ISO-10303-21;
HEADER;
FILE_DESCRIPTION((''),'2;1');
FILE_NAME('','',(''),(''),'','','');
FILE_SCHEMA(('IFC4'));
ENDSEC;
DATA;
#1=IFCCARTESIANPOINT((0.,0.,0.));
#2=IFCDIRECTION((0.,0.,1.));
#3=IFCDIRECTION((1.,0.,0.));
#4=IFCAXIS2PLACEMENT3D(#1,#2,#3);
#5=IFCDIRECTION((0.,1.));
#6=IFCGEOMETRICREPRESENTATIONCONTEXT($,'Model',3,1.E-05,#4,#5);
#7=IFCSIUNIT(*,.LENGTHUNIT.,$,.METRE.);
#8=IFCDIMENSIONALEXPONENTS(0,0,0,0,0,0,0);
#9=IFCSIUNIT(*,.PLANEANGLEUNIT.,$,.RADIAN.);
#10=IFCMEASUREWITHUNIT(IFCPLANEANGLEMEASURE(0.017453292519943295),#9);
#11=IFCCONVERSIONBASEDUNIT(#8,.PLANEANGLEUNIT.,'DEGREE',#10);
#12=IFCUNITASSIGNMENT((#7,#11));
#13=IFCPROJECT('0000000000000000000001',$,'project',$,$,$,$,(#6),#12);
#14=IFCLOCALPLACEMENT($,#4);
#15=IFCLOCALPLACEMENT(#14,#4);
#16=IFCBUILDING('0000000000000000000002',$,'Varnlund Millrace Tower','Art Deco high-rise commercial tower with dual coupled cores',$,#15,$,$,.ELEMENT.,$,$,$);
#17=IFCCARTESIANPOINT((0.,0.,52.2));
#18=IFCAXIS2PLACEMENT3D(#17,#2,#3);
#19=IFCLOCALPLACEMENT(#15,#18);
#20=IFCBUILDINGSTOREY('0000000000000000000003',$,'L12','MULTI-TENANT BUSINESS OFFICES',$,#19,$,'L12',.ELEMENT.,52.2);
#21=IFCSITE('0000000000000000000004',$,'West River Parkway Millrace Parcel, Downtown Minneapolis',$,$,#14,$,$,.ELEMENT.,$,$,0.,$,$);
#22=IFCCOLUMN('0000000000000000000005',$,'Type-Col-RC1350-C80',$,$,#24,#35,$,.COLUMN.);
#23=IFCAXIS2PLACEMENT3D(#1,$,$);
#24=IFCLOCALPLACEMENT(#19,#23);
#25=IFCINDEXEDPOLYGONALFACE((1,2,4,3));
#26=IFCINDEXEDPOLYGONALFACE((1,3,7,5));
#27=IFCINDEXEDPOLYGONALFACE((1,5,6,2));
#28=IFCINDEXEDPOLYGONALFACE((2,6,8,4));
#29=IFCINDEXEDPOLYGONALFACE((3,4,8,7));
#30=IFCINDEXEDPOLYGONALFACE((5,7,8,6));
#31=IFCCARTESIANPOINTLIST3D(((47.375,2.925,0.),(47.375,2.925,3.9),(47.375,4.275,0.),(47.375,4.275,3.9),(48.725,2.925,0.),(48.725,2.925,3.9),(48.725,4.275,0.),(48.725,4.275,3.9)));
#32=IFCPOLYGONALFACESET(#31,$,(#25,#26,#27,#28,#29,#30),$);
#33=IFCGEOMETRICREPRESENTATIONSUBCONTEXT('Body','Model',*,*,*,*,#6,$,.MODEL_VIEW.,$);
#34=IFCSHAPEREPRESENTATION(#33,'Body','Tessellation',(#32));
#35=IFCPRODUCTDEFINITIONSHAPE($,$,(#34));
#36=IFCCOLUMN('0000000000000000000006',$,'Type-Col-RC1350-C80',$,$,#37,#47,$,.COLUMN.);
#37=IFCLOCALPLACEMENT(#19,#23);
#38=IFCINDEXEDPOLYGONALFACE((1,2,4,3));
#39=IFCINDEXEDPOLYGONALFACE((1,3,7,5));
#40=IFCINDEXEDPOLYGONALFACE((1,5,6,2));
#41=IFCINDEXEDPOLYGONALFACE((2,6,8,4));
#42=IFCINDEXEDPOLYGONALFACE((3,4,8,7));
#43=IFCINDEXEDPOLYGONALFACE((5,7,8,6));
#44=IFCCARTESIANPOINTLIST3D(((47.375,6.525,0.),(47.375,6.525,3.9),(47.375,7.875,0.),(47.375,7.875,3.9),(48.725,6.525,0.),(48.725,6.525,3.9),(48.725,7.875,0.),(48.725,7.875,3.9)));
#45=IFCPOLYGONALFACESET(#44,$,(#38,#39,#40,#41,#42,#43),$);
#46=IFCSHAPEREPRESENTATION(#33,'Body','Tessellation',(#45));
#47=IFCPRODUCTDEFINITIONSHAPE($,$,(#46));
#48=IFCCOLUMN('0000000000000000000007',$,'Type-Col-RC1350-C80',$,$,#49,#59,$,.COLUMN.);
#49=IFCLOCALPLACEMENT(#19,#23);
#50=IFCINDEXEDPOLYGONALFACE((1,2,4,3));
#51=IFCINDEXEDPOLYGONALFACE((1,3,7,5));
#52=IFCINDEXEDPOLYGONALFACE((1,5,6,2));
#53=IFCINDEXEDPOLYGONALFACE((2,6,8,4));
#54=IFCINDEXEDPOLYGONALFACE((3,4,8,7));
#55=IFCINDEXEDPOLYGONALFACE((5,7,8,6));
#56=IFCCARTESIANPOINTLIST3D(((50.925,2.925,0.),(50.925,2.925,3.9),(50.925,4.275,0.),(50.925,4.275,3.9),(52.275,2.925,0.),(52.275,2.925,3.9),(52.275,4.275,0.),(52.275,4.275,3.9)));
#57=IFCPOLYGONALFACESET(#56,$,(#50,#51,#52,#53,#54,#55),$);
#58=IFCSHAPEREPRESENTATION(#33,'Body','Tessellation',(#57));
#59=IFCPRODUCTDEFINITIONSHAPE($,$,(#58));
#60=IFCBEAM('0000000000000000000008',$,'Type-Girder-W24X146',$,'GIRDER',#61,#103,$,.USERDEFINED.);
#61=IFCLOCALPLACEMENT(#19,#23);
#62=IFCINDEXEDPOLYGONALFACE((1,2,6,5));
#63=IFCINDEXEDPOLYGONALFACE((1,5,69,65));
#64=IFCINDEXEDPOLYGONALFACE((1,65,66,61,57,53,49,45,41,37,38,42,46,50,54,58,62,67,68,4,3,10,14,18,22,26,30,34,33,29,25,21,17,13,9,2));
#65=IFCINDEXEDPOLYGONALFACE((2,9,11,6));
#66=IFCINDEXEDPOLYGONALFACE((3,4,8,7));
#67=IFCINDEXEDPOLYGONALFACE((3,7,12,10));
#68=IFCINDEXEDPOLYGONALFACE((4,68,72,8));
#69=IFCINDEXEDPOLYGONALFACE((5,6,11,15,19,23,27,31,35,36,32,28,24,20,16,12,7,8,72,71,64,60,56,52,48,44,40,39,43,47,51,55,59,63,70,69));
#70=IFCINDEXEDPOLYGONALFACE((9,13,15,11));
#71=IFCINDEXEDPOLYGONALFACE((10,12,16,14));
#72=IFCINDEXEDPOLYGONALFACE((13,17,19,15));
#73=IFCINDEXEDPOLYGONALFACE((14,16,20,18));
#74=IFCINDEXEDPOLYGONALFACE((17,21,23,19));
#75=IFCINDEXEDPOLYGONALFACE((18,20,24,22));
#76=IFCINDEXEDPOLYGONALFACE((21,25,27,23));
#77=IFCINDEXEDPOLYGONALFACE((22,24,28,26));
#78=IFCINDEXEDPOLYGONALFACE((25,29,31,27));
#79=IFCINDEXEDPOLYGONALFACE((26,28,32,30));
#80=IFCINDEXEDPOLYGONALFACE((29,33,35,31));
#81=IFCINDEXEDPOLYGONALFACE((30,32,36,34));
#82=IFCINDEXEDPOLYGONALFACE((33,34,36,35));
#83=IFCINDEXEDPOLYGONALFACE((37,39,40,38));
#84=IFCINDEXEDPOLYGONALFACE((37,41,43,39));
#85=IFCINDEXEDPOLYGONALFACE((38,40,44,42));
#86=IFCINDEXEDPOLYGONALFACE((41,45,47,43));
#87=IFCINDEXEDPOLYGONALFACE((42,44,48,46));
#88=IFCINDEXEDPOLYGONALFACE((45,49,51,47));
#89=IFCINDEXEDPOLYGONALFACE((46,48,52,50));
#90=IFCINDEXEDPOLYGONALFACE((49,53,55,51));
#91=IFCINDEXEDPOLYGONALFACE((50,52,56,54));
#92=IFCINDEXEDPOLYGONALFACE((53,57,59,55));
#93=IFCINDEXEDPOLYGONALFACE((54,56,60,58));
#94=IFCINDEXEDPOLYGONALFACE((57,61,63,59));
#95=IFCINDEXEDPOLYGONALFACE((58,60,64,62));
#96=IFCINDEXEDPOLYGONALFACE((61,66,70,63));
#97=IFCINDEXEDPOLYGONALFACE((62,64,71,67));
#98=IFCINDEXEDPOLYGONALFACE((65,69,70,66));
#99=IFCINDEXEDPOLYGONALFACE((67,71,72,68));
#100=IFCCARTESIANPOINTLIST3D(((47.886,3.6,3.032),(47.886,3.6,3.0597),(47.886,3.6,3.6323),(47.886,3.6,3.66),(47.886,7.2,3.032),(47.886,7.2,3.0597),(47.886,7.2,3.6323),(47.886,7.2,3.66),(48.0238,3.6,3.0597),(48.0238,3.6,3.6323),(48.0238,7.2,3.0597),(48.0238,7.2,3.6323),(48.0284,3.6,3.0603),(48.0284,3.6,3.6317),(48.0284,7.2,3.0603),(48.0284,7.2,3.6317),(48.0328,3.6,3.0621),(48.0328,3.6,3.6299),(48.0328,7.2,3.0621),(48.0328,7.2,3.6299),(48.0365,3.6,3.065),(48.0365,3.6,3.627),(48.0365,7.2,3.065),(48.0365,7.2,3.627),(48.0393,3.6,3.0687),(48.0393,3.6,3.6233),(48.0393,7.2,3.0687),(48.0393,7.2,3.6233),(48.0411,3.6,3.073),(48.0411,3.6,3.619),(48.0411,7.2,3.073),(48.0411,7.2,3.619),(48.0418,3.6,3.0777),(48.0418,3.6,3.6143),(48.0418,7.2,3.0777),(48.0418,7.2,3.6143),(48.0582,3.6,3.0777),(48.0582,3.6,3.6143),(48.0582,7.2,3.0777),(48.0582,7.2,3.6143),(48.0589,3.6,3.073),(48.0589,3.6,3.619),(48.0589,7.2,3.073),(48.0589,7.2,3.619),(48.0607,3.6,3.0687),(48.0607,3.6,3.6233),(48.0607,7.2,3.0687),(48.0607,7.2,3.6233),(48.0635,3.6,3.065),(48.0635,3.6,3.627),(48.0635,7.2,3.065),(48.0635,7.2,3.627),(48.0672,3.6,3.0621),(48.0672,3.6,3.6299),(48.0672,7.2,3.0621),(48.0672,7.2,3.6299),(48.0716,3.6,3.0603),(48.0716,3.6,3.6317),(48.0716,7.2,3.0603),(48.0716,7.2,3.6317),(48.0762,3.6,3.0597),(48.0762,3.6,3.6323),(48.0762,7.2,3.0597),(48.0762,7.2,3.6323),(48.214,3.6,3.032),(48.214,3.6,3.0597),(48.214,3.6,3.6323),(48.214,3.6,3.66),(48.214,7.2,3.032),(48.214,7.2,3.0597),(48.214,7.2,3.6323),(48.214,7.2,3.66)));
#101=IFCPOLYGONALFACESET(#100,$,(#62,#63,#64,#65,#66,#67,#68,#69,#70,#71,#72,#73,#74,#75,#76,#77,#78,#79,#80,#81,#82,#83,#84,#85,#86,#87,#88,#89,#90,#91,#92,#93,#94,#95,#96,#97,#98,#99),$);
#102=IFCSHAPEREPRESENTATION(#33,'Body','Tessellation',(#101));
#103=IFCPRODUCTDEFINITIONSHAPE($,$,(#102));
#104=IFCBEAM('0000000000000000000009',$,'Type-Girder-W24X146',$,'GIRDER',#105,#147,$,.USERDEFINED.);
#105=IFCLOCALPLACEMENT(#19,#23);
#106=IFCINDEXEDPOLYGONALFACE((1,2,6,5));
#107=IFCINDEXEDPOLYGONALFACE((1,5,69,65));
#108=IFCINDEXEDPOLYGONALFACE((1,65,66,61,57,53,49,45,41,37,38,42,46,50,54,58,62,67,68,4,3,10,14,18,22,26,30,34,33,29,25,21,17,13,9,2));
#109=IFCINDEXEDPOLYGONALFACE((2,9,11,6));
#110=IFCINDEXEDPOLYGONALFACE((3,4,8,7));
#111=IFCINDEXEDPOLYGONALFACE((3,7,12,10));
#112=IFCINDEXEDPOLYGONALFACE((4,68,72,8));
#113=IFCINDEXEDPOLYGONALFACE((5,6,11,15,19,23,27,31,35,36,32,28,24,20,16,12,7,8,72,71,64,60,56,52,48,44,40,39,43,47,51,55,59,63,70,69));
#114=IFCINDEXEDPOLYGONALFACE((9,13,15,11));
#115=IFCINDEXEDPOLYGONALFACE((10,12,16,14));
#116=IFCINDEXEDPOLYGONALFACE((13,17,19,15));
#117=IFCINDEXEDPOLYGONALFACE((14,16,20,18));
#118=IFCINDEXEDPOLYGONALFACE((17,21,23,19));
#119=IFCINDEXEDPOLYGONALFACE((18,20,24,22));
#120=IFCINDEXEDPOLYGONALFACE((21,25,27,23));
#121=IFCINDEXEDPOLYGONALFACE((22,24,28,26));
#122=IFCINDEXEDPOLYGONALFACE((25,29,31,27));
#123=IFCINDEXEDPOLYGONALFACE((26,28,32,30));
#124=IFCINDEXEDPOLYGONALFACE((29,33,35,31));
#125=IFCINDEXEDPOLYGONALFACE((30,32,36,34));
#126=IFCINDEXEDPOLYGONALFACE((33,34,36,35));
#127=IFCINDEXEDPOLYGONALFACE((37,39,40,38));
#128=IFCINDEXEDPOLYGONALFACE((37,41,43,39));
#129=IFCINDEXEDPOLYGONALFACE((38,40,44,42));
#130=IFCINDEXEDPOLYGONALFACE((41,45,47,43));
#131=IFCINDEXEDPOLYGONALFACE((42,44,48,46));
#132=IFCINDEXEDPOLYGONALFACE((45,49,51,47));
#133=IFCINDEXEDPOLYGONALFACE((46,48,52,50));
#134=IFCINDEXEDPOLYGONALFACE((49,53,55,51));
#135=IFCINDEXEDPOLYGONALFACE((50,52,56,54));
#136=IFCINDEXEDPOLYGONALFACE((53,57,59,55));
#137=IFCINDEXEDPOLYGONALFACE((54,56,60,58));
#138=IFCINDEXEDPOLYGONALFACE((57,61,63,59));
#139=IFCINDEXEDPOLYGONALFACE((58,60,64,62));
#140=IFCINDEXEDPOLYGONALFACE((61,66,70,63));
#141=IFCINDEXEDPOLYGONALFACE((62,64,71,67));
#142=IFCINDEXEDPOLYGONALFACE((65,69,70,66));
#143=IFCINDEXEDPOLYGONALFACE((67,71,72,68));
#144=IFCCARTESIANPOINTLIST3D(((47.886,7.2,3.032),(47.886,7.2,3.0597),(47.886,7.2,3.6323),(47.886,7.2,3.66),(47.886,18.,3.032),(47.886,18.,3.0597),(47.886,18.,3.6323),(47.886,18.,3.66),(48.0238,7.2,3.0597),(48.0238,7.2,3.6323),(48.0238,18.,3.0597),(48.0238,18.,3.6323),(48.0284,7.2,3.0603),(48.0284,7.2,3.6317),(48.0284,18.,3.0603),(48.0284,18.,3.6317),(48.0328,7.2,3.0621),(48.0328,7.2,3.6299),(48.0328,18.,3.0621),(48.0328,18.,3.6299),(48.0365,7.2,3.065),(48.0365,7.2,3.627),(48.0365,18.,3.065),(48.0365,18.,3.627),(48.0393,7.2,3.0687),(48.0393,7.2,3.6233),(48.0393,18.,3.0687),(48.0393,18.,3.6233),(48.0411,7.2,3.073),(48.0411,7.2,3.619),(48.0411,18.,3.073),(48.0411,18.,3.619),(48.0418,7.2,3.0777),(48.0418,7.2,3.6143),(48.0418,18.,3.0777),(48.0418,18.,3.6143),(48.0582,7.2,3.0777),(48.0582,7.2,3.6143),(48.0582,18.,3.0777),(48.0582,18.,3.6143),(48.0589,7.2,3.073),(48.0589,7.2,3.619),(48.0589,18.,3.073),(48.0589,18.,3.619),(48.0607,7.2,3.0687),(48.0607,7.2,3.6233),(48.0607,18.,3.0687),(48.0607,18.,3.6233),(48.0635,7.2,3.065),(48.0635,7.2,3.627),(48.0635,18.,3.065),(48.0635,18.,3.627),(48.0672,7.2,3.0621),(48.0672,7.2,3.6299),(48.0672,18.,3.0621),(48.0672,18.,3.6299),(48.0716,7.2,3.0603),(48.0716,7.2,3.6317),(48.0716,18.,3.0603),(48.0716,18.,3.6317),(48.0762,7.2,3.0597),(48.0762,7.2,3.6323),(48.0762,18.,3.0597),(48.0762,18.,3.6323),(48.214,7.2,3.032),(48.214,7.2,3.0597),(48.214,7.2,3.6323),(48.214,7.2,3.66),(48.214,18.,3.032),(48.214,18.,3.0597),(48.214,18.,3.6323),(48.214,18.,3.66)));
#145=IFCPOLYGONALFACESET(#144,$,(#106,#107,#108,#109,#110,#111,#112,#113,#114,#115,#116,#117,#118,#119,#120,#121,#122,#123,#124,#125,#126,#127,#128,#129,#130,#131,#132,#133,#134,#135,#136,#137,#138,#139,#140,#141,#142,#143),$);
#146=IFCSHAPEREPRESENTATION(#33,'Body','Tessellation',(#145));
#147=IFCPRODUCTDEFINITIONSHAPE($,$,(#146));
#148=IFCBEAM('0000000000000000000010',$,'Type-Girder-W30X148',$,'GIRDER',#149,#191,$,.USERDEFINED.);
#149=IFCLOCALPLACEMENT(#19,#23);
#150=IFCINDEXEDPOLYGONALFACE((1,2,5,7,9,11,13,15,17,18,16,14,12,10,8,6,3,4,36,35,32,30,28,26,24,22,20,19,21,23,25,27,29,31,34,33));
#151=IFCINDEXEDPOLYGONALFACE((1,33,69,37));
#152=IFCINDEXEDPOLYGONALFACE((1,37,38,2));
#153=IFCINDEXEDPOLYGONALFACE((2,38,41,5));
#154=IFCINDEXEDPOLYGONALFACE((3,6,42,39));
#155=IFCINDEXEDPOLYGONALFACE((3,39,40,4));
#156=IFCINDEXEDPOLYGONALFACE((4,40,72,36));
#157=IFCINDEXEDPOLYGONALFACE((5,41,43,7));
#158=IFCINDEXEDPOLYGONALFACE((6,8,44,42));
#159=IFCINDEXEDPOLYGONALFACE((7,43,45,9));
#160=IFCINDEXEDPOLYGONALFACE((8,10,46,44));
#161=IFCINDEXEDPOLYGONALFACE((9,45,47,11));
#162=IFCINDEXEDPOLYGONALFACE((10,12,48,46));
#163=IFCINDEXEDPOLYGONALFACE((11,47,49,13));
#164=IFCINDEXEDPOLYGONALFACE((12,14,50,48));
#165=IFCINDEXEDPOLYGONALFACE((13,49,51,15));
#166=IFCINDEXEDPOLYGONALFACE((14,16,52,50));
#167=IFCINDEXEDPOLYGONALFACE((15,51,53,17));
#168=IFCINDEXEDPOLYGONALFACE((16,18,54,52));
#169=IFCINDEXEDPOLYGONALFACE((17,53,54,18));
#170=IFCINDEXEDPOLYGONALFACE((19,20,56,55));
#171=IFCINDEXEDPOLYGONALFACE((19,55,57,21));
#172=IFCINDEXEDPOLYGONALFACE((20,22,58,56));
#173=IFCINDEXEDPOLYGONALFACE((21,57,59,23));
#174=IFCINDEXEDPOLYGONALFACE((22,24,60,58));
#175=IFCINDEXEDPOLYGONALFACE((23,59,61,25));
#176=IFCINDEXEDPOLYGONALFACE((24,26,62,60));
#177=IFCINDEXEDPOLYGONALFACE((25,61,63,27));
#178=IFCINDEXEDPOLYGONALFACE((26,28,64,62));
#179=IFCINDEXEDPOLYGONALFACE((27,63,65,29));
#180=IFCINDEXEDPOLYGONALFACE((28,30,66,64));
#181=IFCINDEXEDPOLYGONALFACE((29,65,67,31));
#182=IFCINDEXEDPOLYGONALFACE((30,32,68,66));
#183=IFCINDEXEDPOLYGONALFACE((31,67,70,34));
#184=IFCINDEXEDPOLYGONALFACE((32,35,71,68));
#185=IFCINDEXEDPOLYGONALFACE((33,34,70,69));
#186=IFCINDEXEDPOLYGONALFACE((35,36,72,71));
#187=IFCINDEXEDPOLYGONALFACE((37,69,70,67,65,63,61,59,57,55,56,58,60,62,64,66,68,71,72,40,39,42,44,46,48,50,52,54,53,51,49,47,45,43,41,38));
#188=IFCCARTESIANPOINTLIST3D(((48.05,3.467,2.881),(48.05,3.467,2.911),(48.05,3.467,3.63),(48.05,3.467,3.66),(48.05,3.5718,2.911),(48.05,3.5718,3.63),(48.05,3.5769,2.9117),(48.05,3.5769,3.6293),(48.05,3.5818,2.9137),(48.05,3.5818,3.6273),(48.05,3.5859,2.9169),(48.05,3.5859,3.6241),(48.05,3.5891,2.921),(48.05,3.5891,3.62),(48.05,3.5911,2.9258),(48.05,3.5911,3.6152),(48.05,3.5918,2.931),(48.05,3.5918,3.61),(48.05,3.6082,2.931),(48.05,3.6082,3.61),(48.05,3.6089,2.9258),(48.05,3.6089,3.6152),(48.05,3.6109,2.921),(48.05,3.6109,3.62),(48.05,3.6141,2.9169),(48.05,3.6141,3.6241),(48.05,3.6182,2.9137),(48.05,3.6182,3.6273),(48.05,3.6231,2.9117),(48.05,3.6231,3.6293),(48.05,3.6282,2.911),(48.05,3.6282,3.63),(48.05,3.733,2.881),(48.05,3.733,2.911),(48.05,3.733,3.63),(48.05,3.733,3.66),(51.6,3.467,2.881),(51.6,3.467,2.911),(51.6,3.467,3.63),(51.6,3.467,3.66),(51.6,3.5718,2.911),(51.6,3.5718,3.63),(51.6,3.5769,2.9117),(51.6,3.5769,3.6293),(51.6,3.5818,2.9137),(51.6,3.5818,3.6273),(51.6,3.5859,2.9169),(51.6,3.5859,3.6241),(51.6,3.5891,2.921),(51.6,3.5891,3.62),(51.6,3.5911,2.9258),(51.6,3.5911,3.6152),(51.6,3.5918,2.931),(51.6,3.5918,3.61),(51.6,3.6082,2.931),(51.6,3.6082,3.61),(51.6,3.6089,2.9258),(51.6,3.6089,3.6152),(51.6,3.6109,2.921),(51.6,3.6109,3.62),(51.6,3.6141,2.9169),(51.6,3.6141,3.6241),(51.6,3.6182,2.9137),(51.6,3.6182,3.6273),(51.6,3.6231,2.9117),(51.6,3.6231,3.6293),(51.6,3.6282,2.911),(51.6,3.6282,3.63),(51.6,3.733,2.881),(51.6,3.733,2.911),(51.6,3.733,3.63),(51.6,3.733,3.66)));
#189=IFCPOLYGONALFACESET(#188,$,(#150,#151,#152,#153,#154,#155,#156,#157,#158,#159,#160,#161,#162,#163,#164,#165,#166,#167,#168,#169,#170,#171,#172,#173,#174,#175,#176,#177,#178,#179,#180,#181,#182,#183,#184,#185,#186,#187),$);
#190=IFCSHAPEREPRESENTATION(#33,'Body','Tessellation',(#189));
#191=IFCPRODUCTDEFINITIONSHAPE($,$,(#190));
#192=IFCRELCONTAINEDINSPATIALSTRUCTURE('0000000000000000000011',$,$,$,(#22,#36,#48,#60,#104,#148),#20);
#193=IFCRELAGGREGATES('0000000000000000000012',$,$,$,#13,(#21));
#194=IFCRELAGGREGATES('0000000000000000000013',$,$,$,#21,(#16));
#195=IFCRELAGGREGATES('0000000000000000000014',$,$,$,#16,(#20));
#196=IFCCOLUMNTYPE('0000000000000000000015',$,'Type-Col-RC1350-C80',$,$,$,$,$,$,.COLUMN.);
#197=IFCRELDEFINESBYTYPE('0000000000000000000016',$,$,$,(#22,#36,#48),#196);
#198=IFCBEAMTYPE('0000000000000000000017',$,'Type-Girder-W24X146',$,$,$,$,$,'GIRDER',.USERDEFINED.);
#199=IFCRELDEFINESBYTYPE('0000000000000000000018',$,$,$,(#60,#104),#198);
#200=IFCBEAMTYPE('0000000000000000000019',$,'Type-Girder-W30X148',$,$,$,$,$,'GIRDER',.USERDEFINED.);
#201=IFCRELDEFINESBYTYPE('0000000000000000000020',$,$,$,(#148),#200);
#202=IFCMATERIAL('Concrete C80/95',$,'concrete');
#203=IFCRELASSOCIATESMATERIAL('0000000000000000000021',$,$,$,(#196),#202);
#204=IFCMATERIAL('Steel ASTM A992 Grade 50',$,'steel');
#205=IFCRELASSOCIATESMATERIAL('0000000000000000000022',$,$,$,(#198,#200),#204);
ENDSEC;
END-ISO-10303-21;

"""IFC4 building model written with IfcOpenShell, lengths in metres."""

from ifc_helpers import new_model, entity, si_unit, converted_unit, direction, frame, origin_with_axes, origin_2d_with_axis, place, context, subcontext, project, spatial, rectangle, i_section, extrude, material, material_profile, profile_set, type_object, element, save


model = new_model("IFC4")

# Units and contexts
model_context = context("Model", 3, precision=1e-05, world=origin_with_axes(), true_north=direction((0.0, 1.0)))
body_context = subcontext(model_context, "Body", "Model", "MODEL_VIEW")
ifc_project = project(units=[si_unit("LENGTHUNIT", "METRE"), converted_unit("PLANEANGLEUNIT", "DEGREE", entity("IfcPlaneAngleMeasure", 0.017453292519943295), si_unit("PLANEANGLEUNIT", "RADIAN"), dimensions=[0, 0, 0, 0, 0, 0, 0])], contexts=[model_context])

# Site, building, storey
site_placement = place(None, origin_with_axes())
site = spatial("IfcSite", under=ifc_project, at=site_placement, Name="West River Parkway Millrace Parcel, Downtown Minneapolis", CompositionType="ELEMENT", RefElevation=0.0)
building_placement = place(site_placement, origin_with_axes())
building = spatial("IfcBuilding", under=site, at=building_placement, Name="Varnlund Millrace Tower", Description="Art Deco high-rise commercial tower with dual coupled cores", CompositionType="ELEMENT")
storey_placement = place(building_placement, frame((0.0, 0.0, 52.2), z_axis=(0.0, 0.0, 1.0), x_axis=(1.0, 0.0, 0.0)))
storey = spatial("IfcBuildingStorey", under=building, at=storey_placement, Name="L12", Description="MULTI-TENANT BUSINESS OFFICES", LongName="L12", CompositionType="ELEMENT", Elevation=52.2)

# Columns
ifc_material_1 = material(Name="Concrete C80/95", Category="concrete")
ifc_material_profile_1 = material_profile(ifc_material_1, rectangle(XDim=1.35, YDim=1.35, at=origin_2d_with_axis()), Name="Concrete C80/95")
ifc_profile_set_1 = profile_set([ifc_material_profile_1], Name="Concrete C80/95")
column_type = type_object("IfcColumnType", Name="Type-Col-RC1350-C80", PredefinedType="COLUMN", material=ifc_profile_set_1)
for number, where, z_axis, x_axis, name in (
    (1, (48.05, 3.6, 0.0), (0.0, 0.0, 1.0), (1.0, 0.0, 0.0), "Type-Col-RC1350-C80"),
    (2, (48.05, 7.2, 0.0), (0.0, 0.0, 1.0), (1.0, 0.0, 0.0), "Type-Col-RC1350-C80"),
    (3, (51.6, 3.6, 0.0), (0.0, 0.0, 1.0), (1.0, 0.0, 0.0), "Type-Col-RC1350-C80"),
):
    element("IfcColumn", number, at=place(storey_placement, frame(where, z_axis=z_axis, x_axis=x_axis)), inside=storey, type_object=column_type, Name=name, PredefinedType="COLUMN", context=body_context, shape_type="SweptSolid", body=[
        extrude(rectangle(XDim=1.35, YDim=1.35, at=origin_2d_with_axis()), origin_with_axes(), (0.0, 0.0, 1.0), 3.9),
    ])

# Beams
ifc_material_2 = material(Name="Steel ASTM A992 Grade 50", Category="steel")
ifc_material_profile_2 = material_profile(ifc_material_2, i_section(OverallWidth=0.328, OverallDepth=0.628, WebThickness=0.0165, FlangeThickness=0.0277, FilletRadius=0.018, at=origin_2d_with_axis()), Name="Steel ASTM A992 Grade 50")
ifc_profile_set_2 = profile_set([ifc_material_profile_2], Name="Steel ASTM A992 Grade 50")
beam_type_1 = type_object("IfcBeamType", Name="Type-Girder-W24X146", ElementType="GIRDER", PredefinedType="USERDEFINED", material=ifc_profile_set_2)
beam_1_placement = place(storey_placement, frame((48.05, 3.6, 3.346), z_axis=(0.0, 1.0, 0.0), x_axis=(-1.0, 0.0, 0.0)))
element("IfcBeam", 4, at=beam_1_placement, inside=storey, type_object=beam_type_1, Name="Type-Girder-W24X146", ObjectType="GIRDER", PredefinedType="USERDEFINED", context=body_context, shape_type="SweptSolid", body=[
    extrude(i_section(OverallWidth=0.328, OverallDepth=0.628, WebThickness=0.0165, FlangeThickness=0.0277, FilletRadius=0.018, at=origin_2d_with_axis()), origin_with_axes(), (0.0, 0.0, 1.0), 3.6),
])
beam_2_placement = place(storey_placement, frame((48.05, 7.2, 3.346), z_axis=(0.0, 1.0, 0.0), x_axis=(-1.0, 0.0, 0.0)))
element("IfcBeam", 5, at=beam_2_placement, inside=storey, type_object=beam_type_1, Name="Type-Girder-W24X146", ObjectType="GIRDER", PredefinedType="USERDEFINED", context=body_context, shape_type="SweptSolid", body=[
    extrude(i_section(OverallWidth=0.328, OverallDepth=0.628, WebThickness=0.0165, FlangeThickness=0.0277, FilletRadius=0.018, at=origin_2d_with_axis()), origin_with_axes(), (0.0, 0.0, 1.0), 10.8),
])
ifc_material_profile_3 = material_profile(ifc_material_2, i_section(OverallWidth=0.266, OverallDepth=0.779, WebThickness=0.0165, FlangeThickness=0.03, FilletRadius=0.02, at=origin_2d_with_axis()), Name="Steel ASTM A992 Grade 50")
ifc_profile_set_3 = profile_set([ifc_material_profile_3], Name="Steel ASTM A992 Grade 50")
beam_type_2 = type_object("IfcBeamType", Name="Type-Girder-W30X148", ElementType="GIRDER", PredefinedType="USERDEFINED", material=ifc_profile_set_3)
for number, where, z_axis, x_axis, name in (
    (6, (48.05, 3.6, 3.2705), (1.0, 0.0, 0.0), (0.0, 1.0, 0.0), "Type-Girder-W30X148"),
):
    element("IfcBeam", number, at=place(storey_placement, frame(where, z_axis=z_axis, x_axis=x_axis)), inside=storey, type_object=beam_type_2, Name=name, ObjectType="GIRDER", PredefinedType="USERDEFINED", context=body_context, shape_type="SweptSolid", body=[
        extrude(i_section(OverallWidth=0.266, OverallDepth=0.779, WebThickness=0.0165, FlangeThickness=0.03, FilletRadius=0.02, at=origin_2d_with_axis()), origin_with_axes(), (0.0, 0.0, 1.0), 3.55),
    ])

save(model, "model.ifc")
